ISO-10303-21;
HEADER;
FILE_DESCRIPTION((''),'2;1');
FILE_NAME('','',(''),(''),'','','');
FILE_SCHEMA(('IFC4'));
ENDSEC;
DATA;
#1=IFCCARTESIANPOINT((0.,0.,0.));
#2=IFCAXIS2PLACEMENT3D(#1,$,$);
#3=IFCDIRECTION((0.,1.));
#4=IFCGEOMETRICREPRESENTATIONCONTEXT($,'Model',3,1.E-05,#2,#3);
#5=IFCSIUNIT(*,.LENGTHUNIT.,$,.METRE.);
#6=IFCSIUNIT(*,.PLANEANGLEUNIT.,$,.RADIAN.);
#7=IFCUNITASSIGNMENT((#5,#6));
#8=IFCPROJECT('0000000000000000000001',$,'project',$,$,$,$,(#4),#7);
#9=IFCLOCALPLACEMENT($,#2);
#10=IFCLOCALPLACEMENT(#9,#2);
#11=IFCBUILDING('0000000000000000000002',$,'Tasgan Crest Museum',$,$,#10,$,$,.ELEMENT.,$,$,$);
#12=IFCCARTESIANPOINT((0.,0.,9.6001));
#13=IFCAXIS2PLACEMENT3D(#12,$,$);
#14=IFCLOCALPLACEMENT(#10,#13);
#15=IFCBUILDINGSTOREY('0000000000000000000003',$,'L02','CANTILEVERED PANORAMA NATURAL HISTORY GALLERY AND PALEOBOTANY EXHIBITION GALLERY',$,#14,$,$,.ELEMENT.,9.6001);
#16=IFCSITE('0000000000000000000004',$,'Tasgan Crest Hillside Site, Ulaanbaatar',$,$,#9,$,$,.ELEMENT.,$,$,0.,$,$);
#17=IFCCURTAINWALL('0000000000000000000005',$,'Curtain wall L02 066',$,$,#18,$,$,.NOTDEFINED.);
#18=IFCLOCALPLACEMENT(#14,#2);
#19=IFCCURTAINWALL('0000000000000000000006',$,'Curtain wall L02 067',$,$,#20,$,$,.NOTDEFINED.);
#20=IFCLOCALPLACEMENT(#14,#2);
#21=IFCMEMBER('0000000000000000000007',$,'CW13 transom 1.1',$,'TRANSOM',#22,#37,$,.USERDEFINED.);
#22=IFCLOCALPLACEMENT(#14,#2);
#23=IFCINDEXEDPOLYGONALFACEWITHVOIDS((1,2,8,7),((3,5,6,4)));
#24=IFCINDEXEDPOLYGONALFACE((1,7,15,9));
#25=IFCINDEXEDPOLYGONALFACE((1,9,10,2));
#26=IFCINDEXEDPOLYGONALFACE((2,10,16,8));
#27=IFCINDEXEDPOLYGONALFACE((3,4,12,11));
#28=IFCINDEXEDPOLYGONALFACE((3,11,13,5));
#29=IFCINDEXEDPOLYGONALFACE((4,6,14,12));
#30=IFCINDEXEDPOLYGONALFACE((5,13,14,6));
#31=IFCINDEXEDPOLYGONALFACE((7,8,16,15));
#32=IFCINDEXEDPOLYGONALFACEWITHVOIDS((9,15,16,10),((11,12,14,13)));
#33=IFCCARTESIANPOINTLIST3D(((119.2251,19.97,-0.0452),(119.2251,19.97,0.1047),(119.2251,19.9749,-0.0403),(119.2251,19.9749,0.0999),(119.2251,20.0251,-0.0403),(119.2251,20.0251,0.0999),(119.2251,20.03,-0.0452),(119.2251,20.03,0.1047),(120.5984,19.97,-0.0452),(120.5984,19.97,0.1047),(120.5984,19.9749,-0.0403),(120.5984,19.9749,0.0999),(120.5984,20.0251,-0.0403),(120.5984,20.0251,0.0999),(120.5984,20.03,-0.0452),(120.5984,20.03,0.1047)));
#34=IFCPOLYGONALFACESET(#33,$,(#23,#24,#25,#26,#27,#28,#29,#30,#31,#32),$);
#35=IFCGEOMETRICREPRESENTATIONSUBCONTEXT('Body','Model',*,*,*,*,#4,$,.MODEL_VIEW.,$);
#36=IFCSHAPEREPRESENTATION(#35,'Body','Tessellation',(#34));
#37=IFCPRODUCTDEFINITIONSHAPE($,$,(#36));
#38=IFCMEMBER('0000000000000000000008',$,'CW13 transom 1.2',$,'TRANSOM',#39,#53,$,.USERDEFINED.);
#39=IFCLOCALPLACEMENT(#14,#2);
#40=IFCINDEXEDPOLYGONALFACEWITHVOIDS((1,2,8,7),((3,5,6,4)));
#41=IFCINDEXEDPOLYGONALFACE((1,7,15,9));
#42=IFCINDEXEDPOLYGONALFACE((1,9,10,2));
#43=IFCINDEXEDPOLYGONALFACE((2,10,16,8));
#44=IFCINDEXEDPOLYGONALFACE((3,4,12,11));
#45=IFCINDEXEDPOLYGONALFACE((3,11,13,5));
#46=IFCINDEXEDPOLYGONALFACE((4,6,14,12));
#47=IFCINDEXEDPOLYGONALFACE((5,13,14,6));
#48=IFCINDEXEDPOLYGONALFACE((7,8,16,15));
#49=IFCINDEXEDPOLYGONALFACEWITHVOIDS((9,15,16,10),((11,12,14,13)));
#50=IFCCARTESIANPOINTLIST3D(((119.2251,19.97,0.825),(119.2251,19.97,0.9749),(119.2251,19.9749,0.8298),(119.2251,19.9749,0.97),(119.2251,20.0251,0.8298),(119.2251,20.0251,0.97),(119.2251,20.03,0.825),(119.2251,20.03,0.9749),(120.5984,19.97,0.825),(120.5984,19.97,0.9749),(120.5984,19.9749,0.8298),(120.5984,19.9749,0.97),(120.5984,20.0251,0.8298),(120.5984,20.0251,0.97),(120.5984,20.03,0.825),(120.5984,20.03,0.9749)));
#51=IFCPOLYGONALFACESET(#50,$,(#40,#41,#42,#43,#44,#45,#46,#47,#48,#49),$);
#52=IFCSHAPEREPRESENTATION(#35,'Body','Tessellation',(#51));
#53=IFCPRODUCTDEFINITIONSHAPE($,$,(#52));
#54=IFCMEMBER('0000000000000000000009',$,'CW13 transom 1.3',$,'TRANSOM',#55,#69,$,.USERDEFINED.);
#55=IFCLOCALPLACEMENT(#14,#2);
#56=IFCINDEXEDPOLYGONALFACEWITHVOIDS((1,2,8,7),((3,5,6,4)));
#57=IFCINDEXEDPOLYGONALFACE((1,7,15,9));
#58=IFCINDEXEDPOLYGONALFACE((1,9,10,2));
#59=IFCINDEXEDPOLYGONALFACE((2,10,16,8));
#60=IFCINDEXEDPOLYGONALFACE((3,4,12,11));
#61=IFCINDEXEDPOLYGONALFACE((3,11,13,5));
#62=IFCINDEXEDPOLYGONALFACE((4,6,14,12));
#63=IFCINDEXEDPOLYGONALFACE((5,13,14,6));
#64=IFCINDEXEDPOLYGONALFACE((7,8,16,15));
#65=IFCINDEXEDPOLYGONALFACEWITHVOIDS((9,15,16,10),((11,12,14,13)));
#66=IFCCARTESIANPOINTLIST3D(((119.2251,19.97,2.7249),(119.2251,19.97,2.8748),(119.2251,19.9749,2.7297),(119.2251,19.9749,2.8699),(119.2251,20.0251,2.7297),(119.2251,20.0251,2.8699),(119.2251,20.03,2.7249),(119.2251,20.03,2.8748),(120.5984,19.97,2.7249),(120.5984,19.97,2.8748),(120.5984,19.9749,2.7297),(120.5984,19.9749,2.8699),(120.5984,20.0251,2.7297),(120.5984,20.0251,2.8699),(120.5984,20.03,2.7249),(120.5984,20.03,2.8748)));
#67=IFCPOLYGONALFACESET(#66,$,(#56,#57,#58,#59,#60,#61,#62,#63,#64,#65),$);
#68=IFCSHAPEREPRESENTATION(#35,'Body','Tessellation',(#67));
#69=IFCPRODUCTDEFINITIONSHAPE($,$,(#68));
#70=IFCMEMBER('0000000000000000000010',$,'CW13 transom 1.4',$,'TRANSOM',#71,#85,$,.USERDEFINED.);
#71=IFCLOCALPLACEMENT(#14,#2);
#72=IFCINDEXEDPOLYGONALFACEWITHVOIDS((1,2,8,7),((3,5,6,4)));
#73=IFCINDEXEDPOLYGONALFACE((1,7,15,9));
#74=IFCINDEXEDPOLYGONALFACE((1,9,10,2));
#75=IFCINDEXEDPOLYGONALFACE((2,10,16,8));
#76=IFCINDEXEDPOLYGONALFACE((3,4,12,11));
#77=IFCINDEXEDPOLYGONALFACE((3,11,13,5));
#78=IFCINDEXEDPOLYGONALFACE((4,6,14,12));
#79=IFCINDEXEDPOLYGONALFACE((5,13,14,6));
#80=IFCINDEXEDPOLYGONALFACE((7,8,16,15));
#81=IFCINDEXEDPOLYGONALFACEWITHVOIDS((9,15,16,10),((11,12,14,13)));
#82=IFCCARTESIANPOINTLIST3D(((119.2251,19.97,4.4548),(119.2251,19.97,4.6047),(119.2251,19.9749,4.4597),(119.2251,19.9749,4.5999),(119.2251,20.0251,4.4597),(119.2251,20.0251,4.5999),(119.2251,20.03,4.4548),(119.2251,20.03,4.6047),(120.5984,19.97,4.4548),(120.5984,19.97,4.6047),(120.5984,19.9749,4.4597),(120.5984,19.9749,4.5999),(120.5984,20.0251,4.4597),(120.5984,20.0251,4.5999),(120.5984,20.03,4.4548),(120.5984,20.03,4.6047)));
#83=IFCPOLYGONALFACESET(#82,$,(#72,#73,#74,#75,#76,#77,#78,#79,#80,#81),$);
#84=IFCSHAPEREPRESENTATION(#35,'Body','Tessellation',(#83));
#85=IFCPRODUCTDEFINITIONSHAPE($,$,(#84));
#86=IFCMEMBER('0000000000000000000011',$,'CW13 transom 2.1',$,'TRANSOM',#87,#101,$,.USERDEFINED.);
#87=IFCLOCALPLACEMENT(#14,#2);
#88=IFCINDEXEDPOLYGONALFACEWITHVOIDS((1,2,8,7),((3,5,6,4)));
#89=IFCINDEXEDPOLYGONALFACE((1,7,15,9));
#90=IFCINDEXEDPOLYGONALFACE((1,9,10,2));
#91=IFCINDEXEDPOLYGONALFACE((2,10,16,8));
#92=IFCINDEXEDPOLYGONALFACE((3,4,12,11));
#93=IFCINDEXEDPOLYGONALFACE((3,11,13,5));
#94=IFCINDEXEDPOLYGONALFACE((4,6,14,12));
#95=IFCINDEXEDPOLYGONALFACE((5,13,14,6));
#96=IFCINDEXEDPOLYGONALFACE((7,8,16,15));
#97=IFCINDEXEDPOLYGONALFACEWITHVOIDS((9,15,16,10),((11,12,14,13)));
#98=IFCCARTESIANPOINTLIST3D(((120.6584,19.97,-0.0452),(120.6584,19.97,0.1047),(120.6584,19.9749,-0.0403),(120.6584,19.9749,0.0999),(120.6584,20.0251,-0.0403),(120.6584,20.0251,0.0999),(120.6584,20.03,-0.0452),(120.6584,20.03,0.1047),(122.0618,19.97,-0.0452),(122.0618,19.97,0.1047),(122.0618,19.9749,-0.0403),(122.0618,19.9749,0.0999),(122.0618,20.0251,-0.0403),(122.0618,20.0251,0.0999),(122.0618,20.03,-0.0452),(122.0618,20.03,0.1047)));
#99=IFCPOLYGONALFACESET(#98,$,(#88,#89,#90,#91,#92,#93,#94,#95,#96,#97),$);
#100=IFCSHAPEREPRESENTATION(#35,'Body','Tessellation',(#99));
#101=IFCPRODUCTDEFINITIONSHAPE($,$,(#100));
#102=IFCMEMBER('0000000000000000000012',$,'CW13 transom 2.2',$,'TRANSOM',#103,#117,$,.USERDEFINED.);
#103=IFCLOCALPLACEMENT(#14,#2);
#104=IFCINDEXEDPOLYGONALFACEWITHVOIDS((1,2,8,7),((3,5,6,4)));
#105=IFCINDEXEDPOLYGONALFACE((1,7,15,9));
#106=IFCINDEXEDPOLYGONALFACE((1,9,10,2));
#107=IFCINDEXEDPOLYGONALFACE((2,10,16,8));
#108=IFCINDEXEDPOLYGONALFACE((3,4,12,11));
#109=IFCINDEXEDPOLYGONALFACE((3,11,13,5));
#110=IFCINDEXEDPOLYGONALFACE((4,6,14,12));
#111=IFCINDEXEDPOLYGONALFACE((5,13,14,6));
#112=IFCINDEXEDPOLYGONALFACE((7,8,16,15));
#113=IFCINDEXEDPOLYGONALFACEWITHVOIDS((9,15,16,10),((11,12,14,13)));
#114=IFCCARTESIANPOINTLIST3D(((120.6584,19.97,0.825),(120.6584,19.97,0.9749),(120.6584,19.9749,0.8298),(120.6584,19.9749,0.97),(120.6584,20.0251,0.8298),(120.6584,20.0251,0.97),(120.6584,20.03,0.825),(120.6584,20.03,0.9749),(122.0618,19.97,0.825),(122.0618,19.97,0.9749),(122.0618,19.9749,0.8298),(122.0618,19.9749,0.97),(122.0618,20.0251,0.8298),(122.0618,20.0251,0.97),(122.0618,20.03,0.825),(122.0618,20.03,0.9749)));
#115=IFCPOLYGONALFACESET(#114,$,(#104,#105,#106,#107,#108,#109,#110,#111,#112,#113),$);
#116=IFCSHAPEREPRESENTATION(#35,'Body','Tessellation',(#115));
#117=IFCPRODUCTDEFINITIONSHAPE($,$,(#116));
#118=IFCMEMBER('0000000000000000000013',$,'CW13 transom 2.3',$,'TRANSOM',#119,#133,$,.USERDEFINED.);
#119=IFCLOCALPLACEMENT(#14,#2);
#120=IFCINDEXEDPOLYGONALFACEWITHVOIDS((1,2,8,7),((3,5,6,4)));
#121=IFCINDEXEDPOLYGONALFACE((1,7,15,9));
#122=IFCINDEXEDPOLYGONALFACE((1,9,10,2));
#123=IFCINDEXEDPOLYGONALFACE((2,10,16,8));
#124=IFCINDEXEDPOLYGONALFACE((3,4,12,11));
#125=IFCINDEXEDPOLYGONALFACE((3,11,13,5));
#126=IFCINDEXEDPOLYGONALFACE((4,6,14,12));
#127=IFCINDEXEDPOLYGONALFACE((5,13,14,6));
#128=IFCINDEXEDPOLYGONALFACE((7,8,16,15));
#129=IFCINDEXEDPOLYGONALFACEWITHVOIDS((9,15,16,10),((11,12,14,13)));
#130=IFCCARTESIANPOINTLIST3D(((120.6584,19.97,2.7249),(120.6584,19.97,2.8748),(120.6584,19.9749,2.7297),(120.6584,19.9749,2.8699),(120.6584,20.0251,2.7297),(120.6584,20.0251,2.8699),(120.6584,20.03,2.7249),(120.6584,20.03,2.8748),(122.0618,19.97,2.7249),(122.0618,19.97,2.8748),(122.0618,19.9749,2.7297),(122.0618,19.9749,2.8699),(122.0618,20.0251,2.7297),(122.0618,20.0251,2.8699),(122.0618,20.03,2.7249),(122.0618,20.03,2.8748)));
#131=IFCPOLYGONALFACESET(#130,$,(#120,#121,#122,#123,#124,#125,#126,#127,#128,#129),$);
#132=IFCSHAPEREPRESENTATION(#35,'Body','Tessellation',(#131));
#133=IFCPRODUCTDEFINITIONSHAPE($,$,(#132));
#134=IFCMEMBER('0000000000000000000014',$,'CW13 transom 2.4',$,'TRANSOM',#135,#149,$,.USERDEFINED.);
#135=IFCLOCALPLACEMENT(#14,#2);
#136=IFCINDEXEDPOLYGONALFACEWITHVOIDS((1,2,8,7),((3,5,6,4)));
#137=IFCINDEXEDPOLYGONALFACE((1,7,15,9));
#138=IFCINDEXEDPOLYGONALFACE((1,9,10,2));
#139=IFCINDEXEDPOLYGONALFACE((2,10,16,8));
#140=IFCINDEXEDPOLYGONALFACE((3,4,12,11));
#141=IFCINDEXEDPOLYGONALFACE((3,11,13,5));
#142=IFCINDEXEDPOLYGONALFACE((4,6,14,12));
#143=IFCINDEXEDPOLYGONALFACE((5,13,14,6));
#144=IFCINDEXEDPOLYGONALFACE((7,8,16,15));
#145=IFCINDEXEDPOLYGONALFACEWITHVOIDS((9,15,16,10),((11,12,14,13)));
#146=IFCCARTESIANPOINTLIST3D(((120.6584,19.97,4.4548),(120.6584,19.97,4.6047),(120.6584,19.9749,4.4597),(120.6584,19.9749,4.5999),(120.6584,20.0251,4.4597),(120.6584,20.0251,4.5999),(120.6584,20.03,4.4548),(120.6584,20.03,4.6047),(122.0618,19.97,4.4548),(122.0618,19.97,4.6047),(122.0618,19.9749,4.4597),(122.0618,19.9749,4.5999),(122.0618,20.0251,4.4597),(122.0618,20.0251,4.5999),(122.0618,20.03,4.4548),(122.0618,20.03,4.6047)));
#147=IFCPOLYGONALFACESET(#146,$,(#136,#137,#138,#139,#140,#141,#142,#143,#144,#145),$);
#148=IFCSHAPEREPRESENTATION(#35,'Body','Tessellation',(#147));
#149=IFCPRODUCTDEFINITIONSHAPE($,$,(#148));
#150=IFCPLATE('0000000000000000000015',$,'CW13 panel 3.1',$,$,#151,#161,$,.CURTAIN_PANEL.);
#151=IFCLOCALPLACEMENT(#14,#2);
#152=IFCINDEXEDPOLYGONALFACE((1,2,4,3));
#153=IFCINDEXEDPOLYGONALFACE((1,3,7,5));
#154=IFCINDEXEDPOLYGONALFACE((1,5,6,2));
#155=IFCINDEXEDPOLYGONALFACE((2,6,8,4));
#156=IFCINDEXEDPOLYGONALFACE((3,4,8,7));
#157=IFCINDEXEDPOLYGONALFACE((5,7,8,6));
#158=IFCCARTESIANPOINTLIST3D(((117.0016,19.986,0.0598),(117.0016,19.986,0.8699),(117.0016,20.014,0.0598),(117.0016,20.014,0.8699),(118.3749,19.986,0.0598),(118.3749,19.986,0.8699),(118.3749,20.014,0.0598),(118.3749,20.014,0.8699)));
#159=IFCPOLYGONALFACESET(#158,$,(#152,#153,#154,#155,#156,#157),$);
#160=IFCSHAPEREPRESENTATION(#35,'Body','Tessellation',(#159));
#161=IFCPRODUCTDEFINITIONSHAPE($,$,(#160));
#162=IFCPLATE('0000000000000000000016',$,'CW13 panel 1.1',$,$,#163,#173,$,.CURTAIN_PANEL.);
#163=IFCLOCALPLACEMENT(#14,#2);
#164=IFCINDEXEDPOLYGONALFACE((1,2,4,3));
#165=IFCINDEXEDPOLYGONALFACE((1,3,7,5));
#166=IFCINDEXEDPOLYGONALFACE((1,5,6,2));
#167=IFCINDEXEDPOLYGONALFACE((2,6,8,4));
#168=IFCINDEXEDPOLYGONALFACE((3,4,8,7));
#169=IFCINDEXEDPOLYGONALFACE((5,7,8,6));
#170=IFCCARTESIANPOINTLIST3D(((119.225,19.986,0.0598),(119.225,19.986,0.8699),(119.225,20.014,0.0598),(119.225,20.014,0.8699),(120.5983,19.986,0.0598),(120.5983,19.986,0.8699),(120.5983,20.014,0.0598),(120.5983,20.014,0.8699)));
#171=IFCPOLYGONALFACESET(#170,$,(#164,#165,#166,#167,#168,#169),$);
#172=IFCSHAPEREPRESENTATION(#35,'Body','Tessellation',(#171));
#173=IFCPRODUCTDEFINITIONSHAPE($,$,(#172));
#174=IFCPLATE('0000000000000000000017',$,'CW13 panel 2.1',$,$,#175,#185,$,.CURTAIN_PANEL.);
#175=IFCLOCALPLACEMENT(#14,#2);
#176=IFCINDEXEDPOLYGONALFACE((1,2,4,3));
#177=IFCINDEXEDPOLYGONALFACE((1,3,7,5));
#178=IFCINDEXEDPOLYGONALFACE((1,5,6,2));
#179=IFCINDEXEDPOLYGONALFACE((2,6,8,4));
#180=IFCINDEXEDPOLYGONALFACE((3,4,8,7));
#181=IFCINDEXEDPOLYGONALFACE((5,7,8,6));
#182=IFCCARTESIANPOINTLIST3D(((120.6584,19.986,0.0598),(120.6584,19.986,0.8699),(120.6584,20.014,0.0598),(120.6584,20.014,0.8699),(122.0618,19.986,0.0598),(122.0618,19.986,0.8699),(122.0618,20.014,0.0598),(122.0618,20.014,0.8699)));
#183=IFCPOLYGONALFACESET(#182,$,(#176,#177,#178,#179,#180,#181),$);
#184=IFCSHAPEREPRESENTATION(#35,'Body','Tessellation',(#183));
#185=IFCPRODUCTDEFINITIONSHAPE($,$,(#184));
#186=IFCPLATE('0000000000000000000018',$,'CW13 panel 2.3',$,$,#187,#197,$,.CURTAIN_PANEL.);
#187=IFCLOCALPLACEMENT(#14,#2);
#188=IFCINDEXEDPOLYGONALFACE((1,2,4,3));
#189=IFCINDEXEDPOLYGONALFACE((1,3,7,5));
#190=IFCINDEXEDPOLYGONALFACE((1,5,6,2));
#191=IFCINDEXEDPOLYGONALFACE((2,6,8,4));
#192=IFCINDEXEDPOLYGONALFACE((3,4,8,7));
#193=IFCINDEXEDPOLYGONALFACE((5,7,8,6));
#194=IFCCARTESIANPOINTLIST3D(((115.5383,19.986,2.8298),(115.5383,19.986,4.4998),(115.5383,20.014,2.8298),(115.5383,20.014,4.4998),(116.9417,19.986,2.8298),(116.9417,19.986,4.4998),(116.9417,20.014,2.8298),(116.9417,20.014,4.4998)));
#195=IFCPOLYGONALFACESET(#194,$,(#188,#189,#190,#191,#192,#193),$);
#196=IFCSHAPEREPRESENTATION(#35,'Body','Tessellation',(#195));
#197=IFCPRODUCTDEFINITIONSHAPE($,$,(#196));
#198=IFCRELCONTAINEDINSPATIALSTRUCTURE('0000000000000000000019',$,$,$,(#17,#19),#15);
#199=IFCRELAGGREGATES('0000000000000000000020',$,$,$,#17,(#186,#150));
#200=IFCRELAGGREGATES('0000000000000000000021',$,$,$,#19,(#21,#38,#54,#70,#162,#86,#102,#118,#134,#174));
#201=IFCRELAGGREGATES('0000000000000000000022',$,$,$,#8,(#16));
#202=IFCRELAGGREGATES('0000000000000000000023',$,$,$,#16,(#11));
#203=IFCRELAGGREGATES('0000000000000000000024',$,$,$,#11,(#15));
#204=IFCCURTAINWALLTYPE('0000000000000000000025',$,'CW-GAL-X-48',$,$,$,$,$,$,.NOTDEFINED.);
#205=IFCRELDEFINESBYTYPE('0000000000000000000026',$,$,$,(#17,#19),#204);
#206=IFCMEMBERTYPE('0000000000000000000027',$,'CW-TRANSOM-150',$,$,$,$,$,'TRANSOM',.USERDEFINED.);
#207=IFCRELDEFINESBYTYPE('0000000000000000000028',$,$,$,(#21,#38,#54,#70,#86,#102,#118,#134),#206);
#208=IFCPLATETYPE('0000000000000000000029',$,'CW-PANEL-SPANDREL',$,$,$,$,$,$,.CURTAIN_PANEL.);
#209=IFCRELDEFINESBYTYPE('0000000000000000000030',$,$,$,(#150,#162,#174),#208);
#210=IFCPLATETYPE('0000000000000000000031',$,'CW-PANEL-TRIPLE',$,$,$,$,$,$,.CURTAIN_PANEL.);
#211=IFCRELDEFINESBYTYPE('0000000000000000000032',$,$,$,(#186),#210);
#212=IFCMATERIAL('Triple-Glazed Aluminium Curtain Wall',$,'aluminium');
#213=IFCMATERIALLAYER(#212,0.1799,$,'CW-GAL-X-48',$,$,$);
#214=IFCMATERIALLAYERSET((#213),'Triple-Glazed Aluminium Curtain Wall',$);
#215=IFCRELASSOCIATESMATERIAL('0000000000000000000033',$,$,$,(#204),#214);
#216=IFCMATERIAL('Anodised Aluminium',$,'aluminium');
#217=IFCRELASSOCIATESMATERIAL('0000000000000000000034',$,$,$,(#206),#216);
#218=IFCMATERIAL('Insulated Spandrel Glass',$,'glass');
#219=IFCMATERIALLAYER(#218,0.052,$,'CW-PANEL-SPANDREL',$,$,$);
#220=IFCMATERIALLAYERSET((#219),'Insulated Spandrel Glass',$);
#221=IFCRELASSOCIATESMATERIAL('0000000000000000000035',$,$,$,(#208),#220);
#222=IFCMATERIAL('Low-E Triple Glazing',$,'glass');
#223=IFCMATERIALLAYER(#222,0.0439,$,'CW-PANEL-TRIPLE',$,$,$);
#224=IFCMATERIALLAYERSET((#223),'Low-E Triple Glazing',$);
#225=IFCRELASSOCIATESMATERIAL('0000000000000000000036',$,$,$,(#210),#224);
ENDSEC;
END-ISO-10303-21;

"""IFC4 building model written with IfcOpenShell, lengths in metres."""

from ifc_helpers import new_model, si_unit, direction, frame, origin, origin_2d, place, context, subcontext, project, spatial, rectangle, hollow_rectangle, extrude, material, layer, layer_set, material_profile, profile_set, type_object, element, aggregate, save


model = new_model("IFC4")

# Units and contexts
model_context = context("Model", 3, precision=1e-05, world=origin(), true_north=direction((0.0, 1.0)))
body_context = subcontext(model_context, "Body", "Model", "MODEL_VIEW")
ifc_project = project(units=[si_unit("LENGTHUNIT", "METRE"), si_unit("PLANEANGLEUNIT", "RADIAN")], contexts=[model_context])

# Site, building, storey
site_placement = place(None, origin())
site = spatial("IfcSite", under=ifc_project, at=site_placement, Name="Tasgan Crest Hillside Site, Ulaanbaatar", CompositionType="ELEMENT", RefElevation=0.0)
building_placement = place(site_placement, origin())
building = spatial("IfcBuilding", under=site, at=building_placement, Name="Tasgan Crest Museum", CompositionType="ELEMENT")
storey_placement = place(building_placement, frame((0.0, 0.0, 9.6001)))
storey = spatial("IfcBuildingStorey", under=building, at=storey_placement, Name="L02", Description="CANTILEVERED PANORAMA NATURAL HISTORY GALLERY AND PALEOBOTANY EXHIBITION GALLERY", CompositionType="ELEMENT", Elevation=9.6001)

# Curtain walls
ifc_material_1 = material(Name="Triple-Glazed Aluminium Curtain Wall", Category="aluminium")
ifc_layer_1 = layer(ifc_material_1, 0.1799, Name="CW-GAL-X-48")
ifc_layer_set_1 = layer_set([ifc_layer_1], Name="Triple-Glazed Aluminium Curtain Wall")
curtain_wall_type = type_object("IfcCurtainWallType", Name="CW-GAL-X-48", PredefinedType="NOTDEFINED", material=ifc_layer_set_1)
curtain_wall_1_placement = place(storey_placement, origin())
curtain_wall_1 = element("IfcCurtainWall", 1, at=curtain_wall_1_placement, inside=storey, type_object=curtain_wall_type, Name="Curtain wall L02 066", PredefinedType="NOTDEFINED")
curtain_wall_2_placement = place(storey_placement, origin())
curtain_wall_2 = element("IfcCurtainWall", 2, at=curtain_wall_2_placement, inside=storey, type_object=curtain_wall_type, Name="Curtain wall L02 067", PredefinedType="NOTDEFINED")

# Members
ifc_material_2 = material(Name="Anodised Aluminium", Category="aluminium")
ifc_material_profile_1 = material_profile(ifc_material_2, hollow_rectangle(XDim=0.0601, YDim=0.1499, WallThickness=0.0049, at=origin_2d()), Name="ALU TRANSOM 150x60x5")
ifc_profile_set_1 = profile_set([ifc_material_profile_1], Name="Anodised Aluminium")
member_type_1 = type_object("IfcMemberType", Name="CW-TRANSOM-150", ElementType="TRANSOM", PredefinedType="USERDEFINED", material=ifc_profile_set_1)
member_1_placement = place(storey_placement, frame((119.2251, 20.0, 0.0298), z_axis=(1.0, 0.0, 0.0), x_axis=(0.0, 1.0, 0.0)))
member_1 = element("IfcMember", 3, at=member_1_placement, type_object=member_type_1, Name="CW13 transom 1.1", ObjectType="TRANSOM", PredefinedType="USERDEFINED", context=body_context, shape_type="SweptSolid", body=[
    extrude(hollow_rectangle(XDim=0.0601, YDim=0.1499, WallThickness=0.0049, at=origin_2d()), origin(), (0.0, 0.0, 1.0), 1.3733),
])
member_2_placement = place(storey_placement, frame((119.2251, 20.0, 0.8999), z_axis=(1.0, 0.0, 0.0), x_axis=(0.0, 1.0, 0.0)))
member_2 = element("IfcMember", 4, at=member_2_placement, type_object=member_type_1, Name="CW13 transom 1.2", ObjectType="TRANSOM", PredefinedType="USERDEFINED", context=body_context, shape_type="SweptSolid", body=[
    extrude(hollow_rectangle(XDim=0.0601, YDim=0.1499, WallThickness=0.0049, at=origin_2d()), origin(), (0.0, 0.0, 1.0), 1.3733),
])
member_3_placement = place(storey_placement, frame((119.2251, 20.0, 2.7998), z_axis=(1.0, 0.0, 0.0), x_axis=(0.0, 1.0, 0.0)))
member_3 = element("IfcMember", 5, at=member_3_placement, type_object=member_type_1, Name="CW13 transom 1.3", ObjectType="TRANSOM", PredefinedType="USERDEFINED", context=body_context, shape_type="SweptSolid", body=[
    extrude(hollow_rectangle(XDim=0.0601, YDim=0.1499, WallThickness=0.0049, at=origin_2d()), origin(), (0.0, 0.0, 1.0), 1.3733),
])
member_4_placement = place(storey_placement, frame((119.2251, 20.0, 4.5298), z_axis=(1.0, 0.0, 0.0), x_axis=(0.0, 1.0, 0.0)))
member_4 = element("IfcMember", 6, at=member_4_placement, type_object=member_type_1, Name="CW13 transom 1.4", ObjectType="TRANSOM", PredefinedType="USERDEFINED", context=body_context, shape_type="SweptSolid", body=[
    extrude(hollow_rectangle(XDim=0.0601, YDim=0.1499, WallThickness=0.0049, at=origin_2d()), origin(), (0.0, 0.0, 1.0), 1.3733),
])
member_5_placement = place(storey_placement, frame((120.6584, 20.0, 0.0298), z_axis=(1.0, 0.0, 0.0), x_axis=(0.0, 1.0, 0.0)))
member_5 = element("IfcMember", 7, at=member_5_placement, type_object=member_type_1, Name="CW13 transom 2.1", ObjectType="TRANSOM", PredefinedType="USERDEFINED", context=body_context, shape_type="SweptSolid", body=[
    extrude(hollow_rectangle(XDim=0.0601, YDim=0.1499, WallThickness=0.0049, at=origin_2d()), origin(), (0.0, 0.0, 1.0), 1.4033),
])
member_6_placement = place(storey_placement, frame((120.6584, 20.0, 0.8999), z_axis=(1.0, 0.0, 0.0), x_axis=(0.0, 1.0, 0.0)))
member_6 = element("IfcMember", 8, at=member_6_placement, type_object=member_type_1, Name="CW13 transom 2.2", ObjectType="TRANSOM", PredefinedType="USERDEFINED", context=body_context, shape_type="SweptSolid", body=[
    extrude(hollow_rectangle(XDim=0.0601, YDim=0.1499, WallThickness=0.0049, at=origin_2d()), origin(), (0.0, 0.0, 1.0), 1.4033),
])
member_7_placement = place(storey_placement, frame((120.6584, 20.0, 2.7998), z_axis=(1.0, 0.0, 0.0), x_axis=(0.0, 1.0, 0.0)))
member_7 = element("IfcMember", 9, at=member_7_placement, type_object=member_type_1, Name="CW13 transom 2.3", ObjectType="TRANSOM", PredefinedType="USERDEFINED", context=body_context, shape_type="SweptSolid", body=[
    extrude(hollow_rectangle(XDim=0.0601, YDim=0.1499, WallThickness=0.0049, at=origin_2d()), origin(), (0.0, 0.0, 1.0), 1.4033),
])
member_8_placement = place(storey_placement, frame((120.6584, 20.0, 4.5298), z_axis=(1.0, 0.0, 0.0), x_axis=(0.0, 1.0, 0.0)))
member_8 = element("IfcMember", 10, at=member_8_placement, type_object=member_type_1, Name="CW13 transom 2.4", ObjectType="TRANSOM", PredefinedType="USERDEFINED", context=body_context, shape_type="SweptSolid", body=[
    extrude(hollow_rectangle(XDim=0.0601, YDim=0.1499, WallThickness=0.0049, at=origin_2d()), origin(), (0.0, 0.0, 1.0), 1.4033),
])

# Plates
ifc_material_3 = material(Name="Insulated Spandrel Glass", Category="glass")
ifc_layer_2 = layer(ifc_material_3, 0.052, Name="CW-PANEL-SPANDREL")
ifc_layer_set_2 = layer_set([ifc_layer_2], Name="Insulated Spandrel Glass")
plate_type_1 = type_object("IfcPlateType", Name="CW-PANEL-SPANDREL", PredefinedType="CURTAIN_PANEL", material=ifc_layer_set_2)
plate_1_placement = place(storey_placement, frame((117.6882, 20.0, 0.0598), z_axis=(0.0, 0.0, 1.0), x_axis=(1.0, 0.0, 0.0)))
plate_1 = element("IfcPlate", 11, at=plate_1_placement, type_object=plate_type_1, Name="CW13 panel 3.1", PredefinedType="CURTAIN_PANEL", context=body_context, shape_type="SweptSolid", body=[
    extrude(rectangle(XDim=1.3733, YDim=0.0281, at=origin_2d()), origin(), (0.0, 0.0, 1.0), 0.8101),
])
plate_2_placement = place(storey_placement, frame((119.9116, 20.0, 0.0598), z_axis=(0.0, 0.0, 1.0), x_axis=(1.0, 0.0, 0.0)))
plate_2 = element("IfcPlate", 12, at=plate_2_placement, type_object=plate_type_1, Name="CW13 panel 1.1", PredefinedType="CURTAIN_PANEL", context=body_context, shape_type="SweptSolid", body=[
    extrude(rectangle(XDim=1.3733, YDim=0.0281, at=origin_2d()), origin(), (0.0, 0.0, 1.0), 0.8101),
])
plate_3_placement = place(storey_placement, frame((121.3601, 20.0, 0.0598), z_axis=(0.0, 0.0, 1.0), x_axis=(1.0, 0.0, 0.0)))
plate_3 = element("IfcPlate", 13, at=plate_3_placement, type_object=plate_type_1, Name="CW13 panel 2.1", PredefinedType="CURTAIN_PANEL", context=body_context, shape_type="SweptSolid", body=[
    extrude(rectangle(XDim=1.4033, YDim=0.0281, at=origin_2d()), origin(), (0.0, 0.0, 1.0), 0.8101),
])
ifc_material_4 = material(Name="Low-E Triple Glazing", Category="glass")
ifc_layer_3 = layer(ifc_material_4, 0.0439, Name="CW-PANEL-TRIPLE")
ifc_layer_set_3 = layer_set([ifc_layer_3], Name="Low-E Triple Glazing")
plate_type_2 = type_object("IfcPlateType", Name="CW-PANEL-TRIPLE", PredefinedType="CURTAIN_PANEL", material=ifc_layer_set_3)
plate_4_placement = place(storey_placement, frame((116.24, 20.0, 2.8298), z_axis=(0.0, 0.0, 1.0), x_axis=(1.0, 0.0, 0.0)))
plate_4 = element("IfcPlate", 14, at=plate_4_placement, type_object=plate_type_2, Name="CW13 panel 2.3", PredefinedType="CURTAIN_PANEL", context=body_context, shape_type="SweptSolid", body=[
    extrude(rectangle(XDim=1.4033, YDim=0.0281, at=origin_2d()), origin(), (0.0, 0.0, 1.0), 1.6699),
])
aggregate(curtain_wall_1, [plate_4, plate_1])
aggregate(curtain_wall_2, [member_1, member_2, member_3, member_4, plate_2, member_5, member_6, member_7, member_8, plate_3])

save(model, "model.ifc")
